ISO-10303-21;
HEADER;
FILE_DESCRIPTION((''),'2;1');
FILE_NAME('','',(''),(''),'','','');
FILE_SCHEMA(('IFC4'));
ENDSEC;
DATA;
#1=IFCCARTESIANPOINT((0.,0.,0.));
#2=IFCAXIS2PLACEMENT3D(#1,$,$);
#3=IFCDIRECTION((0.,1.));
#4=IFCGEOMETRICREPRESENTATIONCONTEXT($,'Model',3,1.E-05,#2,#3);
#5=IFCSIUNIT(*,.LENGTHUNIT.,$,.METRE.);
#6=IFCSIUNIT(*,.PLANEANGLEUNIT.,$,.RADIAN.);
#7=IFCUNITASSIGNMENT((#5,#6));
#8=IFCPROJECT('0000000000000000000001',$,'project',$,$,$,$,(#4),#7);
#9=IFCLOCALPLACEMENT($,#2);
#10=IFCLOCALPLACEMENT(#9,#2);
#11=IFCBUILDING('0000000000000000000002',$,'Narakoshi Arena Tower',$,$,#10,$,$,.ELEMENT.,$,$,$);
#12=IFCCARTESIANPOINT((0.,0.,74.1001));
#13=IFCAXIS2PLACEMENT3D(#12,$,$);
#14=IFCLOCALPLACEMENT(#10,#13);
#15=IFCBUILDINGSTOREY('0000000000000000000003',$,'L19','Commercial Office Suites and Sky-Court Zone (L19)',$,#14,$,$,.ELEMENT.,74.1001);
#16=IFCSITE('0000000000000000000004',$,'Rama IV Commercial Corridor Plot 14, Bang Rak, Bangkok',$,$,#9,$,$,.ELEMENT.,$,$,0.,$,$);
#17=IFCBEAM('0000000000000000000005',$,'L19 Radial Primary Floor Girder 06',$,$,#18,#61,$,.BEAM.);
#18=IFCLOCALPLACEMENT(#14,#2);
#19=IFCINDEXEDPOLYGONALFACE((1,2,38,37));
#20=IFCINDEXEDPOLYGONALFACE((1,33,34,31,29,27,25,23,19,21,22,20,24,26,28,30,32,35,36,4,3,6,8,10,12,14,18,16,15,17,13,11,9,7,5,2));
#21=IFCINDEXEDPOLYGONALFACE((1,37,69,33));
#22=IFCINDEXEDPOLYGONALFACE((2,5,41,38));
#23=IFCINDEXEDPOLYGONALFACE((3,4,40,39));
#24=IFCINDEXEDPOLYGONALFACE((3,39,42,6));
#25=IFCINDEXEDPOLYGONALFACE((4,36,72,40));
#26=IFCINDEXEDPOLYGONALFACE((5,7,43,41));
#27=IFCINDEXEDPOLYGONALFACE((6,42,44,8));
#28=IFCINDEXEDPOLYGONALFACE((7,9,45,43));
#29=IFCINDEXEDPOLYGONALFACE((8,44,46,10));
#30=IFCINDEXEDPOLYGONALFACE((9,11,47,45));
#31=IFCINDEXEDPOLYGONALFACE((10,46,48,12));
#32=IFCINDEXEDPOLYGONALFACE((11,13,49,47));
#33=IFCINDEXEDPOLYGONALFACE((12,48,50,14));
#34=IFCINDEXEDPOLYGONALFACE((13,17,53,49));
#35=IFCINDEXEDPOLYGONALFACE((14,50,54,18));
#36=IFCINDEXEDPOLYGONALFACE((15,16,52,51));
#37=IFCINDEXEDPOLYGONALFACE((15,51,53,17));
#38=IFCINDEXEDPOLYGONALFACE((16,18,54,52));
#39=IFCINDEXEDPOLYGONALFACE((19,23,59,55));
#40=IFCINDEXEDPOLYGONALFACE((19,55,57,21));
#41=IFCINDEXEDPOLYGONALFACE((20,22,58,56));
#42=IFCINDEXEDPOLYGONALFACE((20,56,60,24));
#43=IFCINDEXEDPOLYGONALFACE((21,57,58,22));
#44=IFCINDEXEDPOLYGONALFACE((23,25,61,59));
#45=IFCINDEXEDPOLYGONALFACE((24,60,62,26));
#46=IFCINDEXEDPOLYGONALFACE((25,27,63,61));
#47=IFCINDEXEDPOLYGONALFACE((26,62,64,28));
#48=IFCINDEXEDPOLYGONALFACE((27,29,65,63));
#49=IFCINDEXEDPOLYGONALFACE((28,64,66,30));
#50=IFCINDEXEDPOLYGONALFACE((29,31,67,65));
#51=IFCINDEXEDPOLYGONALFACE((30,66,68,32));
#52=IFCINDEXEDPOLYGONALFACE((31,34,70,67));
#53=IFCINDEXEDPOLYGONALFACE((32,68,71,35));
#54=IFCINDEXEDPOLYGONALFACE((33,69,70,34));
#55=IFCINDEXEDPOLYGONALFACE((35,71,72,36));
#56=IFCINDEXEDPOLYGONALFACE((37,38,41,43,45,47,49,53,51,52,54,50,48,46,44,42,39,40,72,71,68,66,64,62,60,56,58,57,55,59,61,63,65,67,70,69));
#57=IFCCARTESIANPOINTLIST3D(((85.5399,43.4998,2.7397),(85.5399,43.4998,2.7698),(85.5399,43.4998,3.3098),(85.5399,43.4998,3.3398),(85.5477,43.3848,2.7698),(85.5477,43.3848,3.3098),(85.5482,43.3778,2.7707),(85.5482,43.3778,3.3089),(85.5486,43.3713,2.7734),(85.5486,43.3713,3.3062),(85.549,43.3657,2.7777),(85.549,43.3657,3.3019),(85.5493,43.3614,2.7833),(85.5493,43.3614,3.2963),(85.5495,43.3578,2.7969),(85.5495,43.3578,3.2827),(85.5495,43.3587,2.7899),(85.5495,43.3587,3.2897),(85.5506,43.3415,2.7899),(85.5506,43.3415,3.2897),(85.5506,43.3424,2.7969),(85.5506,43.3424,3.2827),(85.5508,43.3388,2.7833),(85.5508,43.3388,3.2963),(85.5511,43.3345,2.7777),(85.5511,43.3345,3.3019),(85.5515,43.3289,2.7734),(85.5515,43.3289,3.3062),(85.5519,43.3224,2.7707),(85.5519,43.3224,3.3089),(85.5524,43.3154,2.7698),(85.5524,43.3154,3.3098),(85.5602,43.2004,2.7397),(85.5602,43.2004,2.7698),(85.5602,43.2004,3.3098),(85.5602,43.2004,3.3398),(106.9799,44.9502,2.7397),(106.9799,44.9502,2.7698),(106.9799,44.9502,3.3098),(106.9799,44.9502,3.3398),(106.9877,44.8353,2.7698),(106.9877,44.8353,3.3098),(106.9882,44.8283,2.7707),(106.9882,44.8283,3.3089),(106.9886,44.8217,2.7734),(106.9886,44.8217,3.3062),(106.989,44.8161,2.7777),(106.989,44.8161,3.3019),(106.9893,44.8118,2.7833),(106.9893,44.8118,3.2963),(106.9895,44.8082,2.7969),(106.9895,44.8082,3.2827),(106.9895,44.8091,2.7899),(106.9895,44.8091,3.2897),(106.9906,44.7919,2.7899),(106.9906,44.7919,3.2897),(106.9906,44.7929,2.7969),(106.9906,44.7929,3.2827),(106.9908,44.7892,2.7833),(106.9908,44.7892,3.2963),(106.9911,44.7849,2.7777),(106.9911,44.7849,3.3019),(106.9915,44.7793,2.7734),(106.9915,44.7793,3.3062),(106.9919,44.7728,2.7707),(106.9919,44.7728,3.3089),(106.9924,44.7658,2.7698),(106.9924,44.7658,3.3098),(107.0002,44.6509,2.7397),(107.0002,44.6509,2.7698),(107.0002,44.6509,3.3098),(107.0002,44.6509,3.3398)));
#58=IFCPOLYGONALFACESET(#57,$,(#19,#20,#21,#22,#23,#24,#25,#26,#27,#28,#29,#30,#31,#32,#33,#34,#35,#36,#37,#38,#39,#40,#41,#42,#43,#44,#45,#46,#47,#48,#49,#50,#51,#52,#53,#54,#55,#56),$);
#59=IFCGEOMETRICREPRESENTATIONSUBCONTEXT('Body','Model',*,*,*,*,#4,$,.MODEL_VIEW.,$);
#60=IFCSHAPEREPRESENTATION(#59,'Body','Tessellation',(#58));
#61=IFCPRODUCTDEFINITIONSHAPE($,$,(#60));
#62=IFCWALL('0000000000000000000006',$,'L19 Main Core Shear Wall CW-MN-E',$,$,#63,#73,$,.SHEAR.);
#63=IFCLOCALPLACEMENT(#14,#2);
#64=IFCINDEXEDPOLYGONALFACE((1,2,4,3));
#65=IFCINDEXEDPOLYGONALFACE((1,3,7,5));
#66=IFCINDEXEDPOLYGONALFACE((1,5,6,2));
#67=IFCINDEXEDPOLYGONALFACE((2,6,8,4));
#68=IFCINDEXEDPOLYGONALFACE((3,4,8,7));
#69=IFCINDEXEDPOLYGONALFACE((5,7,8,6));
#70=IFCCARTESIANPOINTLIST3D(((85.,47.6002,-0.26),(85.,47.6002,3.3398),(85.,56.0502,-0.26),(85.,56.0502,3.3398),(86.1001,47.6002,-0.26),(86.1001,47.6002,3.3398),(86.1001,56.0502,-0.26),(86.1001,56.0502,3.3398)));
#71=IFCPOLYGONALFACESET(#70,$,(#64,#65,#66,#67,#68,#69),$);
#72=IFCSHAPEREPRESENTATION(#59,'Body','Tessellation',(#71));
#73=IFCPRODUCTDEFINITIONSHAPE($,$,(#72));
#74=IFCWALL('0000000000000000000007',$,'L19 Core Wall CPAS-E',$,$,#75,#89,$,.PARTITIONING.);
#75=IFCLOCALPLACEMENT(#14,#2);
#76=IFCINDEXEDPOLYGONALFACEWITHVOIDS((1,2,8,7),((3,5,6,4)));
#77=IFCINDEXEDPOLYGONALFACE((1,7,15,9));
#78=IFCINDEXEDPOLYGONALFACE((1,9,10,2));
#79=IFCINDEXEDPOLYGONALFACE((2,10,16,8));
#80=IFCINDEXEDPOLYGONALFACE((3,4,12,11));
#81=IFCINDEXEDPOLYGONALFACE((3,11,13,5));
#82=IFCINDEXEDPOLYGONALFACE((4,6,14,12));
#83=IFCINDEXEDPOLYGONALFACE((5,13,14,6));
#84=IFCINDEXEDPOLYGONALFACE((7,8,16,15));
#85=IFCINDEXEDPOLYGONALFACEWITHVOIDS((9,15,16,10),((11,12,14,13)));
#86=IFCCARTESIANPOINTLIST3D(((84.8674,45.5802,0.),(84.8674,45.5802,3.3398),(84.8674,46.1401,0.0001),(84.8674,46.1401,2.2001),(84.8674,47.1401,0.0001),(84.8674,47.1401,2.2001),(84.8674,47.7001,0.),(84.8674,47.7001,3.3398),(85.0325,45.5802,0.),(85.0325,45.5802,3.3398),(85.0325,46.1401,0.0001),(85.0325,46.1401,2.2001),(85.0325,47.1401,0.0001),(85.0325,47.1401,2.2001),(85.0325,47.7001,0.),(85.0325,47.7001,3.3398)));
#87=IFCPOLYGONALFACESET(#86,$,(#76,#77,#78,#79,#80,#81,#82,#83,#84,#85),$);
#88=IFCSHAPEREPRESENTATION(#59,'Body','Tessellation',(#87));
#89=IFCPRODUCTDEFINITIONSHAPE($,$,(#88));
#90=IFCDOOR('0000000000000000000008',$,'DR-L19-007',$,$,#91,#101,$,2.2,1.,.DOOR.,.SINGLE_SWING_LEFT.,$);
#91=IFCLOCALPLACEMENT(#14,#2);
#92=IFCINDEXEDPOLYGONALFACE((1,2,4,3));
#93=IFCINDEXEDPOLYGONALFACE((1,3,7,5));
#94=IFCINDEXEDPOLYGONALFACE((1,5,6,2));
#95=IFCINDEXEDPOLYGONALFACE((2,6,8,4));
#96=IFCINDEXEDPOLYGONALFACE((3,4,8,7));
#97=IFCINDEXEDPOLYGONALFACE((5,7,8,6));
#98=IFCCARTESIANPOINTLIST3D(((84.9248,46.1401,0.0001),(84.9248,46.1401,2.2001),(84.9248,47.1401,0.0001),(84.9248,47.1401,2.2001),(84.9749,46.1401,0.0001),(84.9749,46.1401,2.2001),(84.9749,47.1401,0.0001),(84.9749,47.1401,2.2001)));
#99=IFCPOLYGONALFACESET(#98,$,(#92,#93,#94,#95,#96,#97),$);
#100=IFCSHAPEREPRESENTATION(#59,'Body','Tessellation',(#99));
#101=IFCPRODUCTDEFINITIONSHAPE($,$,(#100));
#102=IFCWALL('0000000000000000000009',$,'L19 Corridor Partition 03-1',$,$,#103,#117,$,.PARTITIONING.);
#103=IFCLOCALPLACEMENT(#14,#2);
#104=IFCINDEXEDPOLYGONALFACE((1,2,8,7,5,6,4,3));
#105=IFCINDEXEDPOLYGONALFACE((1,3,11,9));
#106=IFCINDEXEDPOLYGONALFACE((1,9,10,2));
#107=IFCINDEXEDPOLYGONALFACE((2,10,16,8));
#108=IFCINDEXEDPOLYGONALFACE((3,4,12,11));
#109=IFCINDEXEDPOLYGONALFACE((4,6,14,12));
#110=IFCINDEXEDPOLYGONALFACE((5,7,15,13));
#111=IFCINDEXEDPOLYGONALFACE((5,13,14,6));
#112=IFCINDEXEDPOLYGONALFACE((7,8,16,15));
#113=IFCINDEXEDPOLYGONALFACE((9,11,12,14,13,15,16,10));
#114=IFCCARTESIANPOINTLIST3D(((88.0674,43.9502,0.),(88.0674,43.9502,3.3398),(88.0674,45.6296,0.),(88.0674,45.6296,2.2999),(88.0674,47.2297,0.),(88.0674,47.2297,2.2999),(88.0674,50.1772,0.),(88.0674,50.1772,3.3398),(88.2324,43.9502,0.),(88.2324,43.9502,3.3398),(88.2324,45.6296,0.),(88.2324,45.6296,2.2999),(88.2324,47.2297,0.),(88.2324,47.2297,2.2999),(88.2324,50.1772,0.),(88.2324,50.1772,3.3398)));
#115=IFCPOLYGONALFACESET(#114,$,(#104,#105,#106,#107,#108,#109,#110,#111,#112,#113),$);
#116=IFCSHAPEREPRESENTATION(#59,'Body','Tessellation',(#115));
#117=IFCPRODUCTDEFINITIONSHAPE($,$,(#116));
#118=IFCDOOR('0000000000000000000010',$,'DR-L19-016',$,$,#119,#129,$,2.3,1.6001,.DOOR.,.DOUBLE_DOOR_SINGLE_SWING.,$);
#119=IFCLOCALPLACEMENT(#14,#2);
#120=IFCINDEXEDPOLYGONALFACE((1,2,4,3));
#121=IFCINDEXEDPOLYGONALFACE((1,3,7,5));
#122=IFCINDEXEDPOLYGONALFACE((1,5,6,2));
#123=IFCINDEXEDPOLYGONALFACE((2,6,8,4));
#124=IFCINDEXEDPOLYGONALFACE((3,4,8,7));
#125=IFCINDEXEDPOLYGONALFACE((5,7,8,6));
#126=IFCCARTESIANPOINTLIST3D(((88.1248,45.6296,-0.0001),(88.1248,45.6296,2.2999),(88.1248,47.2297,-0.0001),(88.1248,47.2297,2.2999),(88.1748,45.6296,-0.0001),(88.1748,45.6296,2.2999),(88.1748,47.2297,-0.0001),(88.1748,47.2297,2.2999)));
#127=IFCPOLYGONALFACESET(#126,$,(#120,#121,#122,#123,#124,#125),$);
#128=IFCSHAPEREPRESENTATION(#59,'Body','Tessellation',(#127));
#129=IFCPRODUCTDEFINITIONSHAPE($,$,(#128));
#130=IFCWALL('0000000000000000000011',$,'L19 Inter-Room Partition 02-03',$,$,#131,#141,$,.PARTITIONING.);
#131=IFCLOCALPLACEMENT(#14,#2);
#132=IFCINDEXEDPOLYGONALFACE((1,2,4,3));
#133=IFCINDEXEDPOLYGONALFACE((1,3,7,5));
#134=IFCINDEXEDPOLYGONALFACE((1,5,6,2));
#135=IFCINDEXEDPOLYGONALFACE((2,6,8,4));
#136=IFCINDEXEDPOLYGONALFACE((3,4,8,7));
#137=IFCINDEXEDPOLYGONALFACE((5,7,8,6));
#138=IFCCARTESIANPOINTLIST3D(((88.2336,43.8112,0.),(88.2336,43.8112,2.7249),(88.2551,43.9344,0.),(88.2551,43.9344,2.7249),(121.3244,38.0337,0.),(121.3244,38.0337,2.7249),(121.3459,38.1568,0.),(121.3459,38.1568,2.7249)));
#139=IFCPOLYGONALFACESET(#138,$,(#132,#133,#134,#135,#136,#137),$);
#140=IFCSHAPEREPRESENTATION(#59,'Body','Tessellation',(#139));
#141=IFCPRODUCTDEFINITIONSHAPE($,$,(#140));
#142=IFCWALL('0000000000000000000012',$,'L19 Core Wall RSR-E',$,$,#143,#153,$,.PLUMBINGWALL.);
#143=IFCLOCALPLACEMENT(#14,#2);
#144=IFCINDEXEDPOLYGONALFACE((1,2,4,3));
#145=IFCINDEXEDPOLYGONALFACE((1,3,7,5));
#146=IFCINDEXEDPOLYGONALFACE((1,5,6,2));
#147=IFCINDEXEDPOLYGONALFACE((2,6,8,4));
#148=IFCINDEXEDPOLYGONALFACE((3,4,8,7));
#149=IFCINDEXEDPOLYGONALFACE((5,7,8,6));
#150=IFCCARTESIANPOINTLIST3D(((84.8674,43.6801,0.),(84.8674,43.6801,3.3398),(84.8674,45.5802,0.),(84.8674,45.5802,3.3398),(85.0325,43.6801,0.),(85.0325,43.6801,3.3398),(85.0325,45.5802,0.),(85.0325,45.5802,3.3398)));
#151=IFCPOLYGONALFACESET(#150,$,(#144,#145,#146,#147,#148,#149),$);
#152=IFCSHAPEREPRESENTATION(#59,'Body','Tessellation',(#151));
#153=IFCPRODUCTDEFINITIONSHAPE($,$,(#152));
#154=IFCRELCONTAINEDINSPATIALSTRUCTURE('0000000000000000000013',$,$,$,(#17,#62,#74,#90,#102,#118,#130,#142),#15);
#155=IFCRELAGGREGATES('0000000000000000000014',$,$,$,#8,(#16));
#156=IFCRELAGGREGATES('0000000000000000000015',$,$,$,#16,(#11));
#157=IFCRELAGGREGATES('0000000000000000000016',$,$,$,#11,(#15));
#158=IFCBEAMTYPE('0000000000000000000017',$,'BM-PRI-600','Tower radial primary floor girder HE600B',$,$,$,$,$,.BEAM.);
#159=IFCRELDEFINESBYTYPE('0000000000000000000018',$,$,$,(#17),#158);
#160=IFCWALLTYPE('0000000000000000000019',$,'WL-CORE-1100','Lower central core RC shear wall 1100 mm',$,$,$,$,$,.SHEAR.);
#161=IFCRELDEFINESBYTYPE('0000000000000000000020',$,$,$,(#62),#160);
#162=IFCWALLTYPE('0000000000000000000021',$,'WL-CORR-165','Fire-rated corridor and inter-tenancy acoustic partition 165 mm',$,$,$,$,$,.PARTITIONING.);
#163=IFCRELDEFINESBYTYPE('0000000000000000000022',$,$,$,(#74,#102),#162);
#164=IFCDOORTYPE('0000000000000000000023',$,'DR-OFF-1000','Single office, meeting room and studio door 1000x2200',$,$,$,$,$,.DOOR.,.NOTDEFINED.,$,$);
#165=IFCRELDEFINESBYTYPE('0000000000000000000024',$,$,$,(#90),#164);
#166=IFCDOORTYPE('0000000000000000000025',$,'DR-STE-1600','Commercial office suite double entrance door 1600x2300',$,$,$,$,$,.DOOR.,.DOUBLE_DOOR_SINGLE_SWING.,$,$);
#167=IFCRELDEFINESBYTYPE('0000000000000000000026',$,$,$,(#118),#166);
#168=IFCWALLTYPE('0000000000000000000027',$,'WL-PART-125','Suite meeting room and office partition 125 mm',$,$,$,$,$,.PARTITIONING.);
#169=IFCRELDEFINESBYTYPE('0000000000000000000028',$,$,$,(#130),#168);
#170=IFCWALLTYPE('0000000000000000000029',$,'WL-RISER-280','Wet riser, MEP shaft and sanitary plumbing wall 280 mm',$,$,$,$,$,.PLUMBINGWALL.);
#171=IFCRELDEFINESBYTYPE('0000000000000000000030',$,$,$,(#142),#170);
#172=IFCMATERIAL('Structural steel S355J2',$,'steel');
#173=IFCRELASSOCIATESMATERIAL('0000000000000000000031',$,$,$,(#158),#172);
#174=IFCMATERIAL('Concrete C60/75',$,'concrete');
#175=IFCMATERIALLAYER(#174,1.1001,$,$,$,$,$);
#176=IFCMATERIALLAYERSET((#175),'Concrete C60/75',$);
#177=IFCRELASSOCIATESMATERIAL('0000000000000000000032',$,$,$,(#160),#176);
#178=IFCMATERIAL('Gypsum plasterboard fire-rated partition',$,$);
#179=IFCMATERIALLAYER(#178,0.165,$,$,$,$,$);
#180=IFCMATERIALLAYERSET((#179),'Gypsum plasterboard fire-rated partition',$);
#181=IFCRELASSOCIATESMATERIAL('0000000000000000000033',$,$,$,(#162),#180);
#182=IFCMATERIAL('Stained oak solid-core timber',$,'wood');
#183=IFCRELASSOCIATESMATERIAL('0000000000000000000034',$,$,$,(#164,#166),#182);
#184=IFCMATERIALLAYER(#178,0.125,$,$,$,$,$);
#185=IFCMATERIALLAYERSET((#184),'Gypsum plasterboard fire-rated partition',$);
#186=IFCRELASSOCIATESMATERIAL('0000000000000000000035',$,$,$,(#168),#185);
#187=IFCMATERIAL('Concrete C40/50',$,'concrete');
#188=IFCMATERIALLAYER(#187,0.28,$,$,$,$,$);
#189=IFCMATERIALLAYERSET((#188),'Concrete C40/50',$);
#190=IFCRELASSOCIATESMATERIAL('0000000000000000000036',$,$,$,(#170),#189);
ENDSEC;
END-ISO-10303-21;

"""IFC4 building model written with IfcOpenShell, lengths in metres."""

from ifc_helpers import new_model, si_unit, direction, frame, frame_2d, origin, origin_2d, place, context, subcontext, project, spatial, rectangle, i_section, extrude, material, layer, layer_set, material_profile, profile_set, type_object, element, fill, save


model = new_model("IFC4")

# Units and contexts
model_context = context("Model", 3, precision=1e-05, world=origin(), true_north=direction((0.0, 1.0)))
body_context = subcontext(model_context, "Body", "Model", "MODEL_VIEW")
ifc_project = project(units=[si_unit("LENGTHUNIT", "METRE"), si_unit("PLANEANGLEUNIT", "RADIAN")], contexts=[model_context])

# Site, building, storey
site_placement = place(None, origin())
site = spatial("IfcSite", under=ifc_project, at=site_placement, Name="Rama IV Commercial Corridor Plot 14, Bang Rak, Bangkok", CompositionType="ELEMENT", RefElevation=0.0)
building_placement = place(site_placement, origin())
building = spatial("IfcBuilding", under=site, at=building_placement, Name="Narakoshi Arena Tower", CompositionType="ELEMENT")
storey_placement = place(building_placement, frame((0.0, 0.0, 74.1001)))
storey = spatial("IfcBuildingStorey", under=building, at=storey_placement, Name="L19", Description="Commercial Office Suites and Sky-Court Zone (L19)", CompositionType="ELEMENT", Elevation=74.1001)

# Beam
ifc_material_1 = material(Name="Structural steel S355J2", Category="steel")
ifc_material_profile = material_profile(ifc_material_1, i_section(OverallWidth=0.3, OverallDepth=0.6001, WebThickness=0.0154, FlangeThickness=0.03, FilletRadius=0.0271, at=origin_2d()), Name="HE600B")
ifc_profile_set = profile_set([ifc_material_profile], Name="Structural steel S355J2")
beam_type = type_object("IfcBeamType", Name="BM-PRI-600", Description="Tower radial primary floor girder HE600B", PredefinedType="BEAM", material=ifc_profile_set)
beam_placement = place(storey_placement, frame((85.55, 43.3501, 3.0398), z_axis=(0.997719, 0.067497, 0.0), x_axis=(-0.067497, 0.997719, 0.0)))
element("IfcBeam", 1, at=beam_placement, inside=storey, type_object=beam_type, Name="L19 Radial Primary Floor Girder 06", PredefinedType="BEAM", context=body_context, shape_type="SweptSolid", body=[
    extrude(i_section(OverallWidth=0.3, OverallDepth=0.6001, WebThickness=0.0154, FlangeThickness=0.03, FilletRadius=0.0271, at=origin_2d()), origin(), (0.0, 0.0, 1.0), 21.489),
])

# Wall
ifc_material_2 = material(Name="Concrete C60/75", Category="concrete")
ifc_layer_1 = layer(ifc_material_2, 1.1001)
ifc_layer_set_1 = layer_set([ifc_layer_1], Name="Concrete C60/75")
wall_type_1 = type_object("IfcWallType", Name="WL-CORE-1100", Description="Lower central core RC shear wall 1100 mm", PredefinedType="SHEAR", material=ifc_layer_set_1)
wall_1_placement = place(storey_placement, frame((85.55, 47.6001, -0.26), z_axis=(0.0, 0.0, 1.0), x_axis=(0.0, 1.0, 0.0)))
element("IfcWall", 2, at=wall_1_placement, inside=storey, type_object=wall_type_1, Name="L19 Main Core Shear Wall CW-MN-E", PredefinedType="SHEAR", context=body_context, shape_type="SweptSolid", body=[
    extrude(rectangle(XDim=8.45, YDim=1.1001, at=frame_2d((4.2251, 0.0))), origin(), (0.0, 0.0, 1.0), 3.5999),
])

# Walls, openings, doors
ifc_material_3 = material(Name="Gypsum plasterboard fire-rated partition")
ifc_layer_2 = layer(ifc_material_3, 0.165)
ifc_layer_set_2 = layer_set([ifc_layer_2], Name="Gypsum plasterboard fire-rated partition")
wall_type_2 = type_object("IfcWallType", Name="WL-CORR-165", Description="Fire-rated corridor and inter-tenancy acoustic partition 165 mm", PredefinedType="PARTITIONING", material=ifc_layer_set_2)
wall_2_placement = place(storey_placement, frame((84.95, 45.5801, 0.0), z_axis=(0.0, 0.0, 1.0), x_axis=(0.0, 1.0, 0.0)))
wall_2 = element("IfcWall", 3, at=wall_2_placement, inside=storey, type_object=wall_type_2, Name="L19 Core Wall CPAS-E", PredefinedType="PARTITIONING", context=body_context, shape_type="SweptSolid", body=[
    extrude(rectangle(XDim=2.1199, YDim=0.165, at=frame_2d((1.0601, 0.0))), origin(), (0.0, 0.0, 1.0), 3.3398),
])
opening_1_placement = place(wall_2_placement, frame((0.5601, 0.0, 0.0)))
opening_1 = element("IfcOpeningElement", 4, at=opening_1_placement, cuts=wall_2, PredefinedType="OPENING", context=body_context, shape_type="SweptSolid", body=[
    extrude(rectangle(XDim=1.0, YDim=2.2, at=frame_2d((0.5, 1.1001))), frame((0.0, 0.0925, 0.0), z_axis=(0.0, -1.0, 0.0), x_axis=(1.0, 0.0, 0.0)), (0.0, 0.0, 1.0), 0.1851),
])
ifc_material_4 = material(Name="Stained oak solid-core timber", Category="wood")
door_type_1 = type_object("IfcDoorType", Name="DR-OFF-1000", Description="Single office, meeting room and studio door 1000x2200", OperationType="NOTDEFINED", PredefinedType="DOOR", material=ifc_material_4)
door_1_placement = place(opening_1_placement, frame((1.0, 0.0, 0.0), z_axis=(0.0, 0.0, 1.0), x_axis=(-1.0, 0.0, 0.0)))
door_1 = element("IfcDoor", 5, at=door_1_placement, inside=storey, type_object=door_type_1, Name="DR-L19-007", OperationType="SINGLE_SWING_LEFT", OverallHeight=2.2, OverallWidth=1.0, PredefinedType="DOOR", context=body_context, shape_type="SweptSolid", body=[
    extrude(rectangle(XDim=1.0, YDim=2.2, at=frame_2d((0.5, 1.1001))), frame((0.0, 0.0249, 0.0), z_axis=(0.0, -1.0, 0.0), x_axis=(1.0, 0.0, 0.0)), (0.0, 0.0, 1.0), 0.05),
])
fill(opening_1, door_1)
wall_3_placement = place(storey_placement, frame((88.1499, 43.9502, 0.0), z_axis=(0.0, 0.0, 1.0), x_axis=(0.0, 1.0, 0.0)))
wall_3 = element("IfcWall", 6, at=wall_3_placement, inside=storey, type_object=wall_type_2, Name="L19 Corridor Partition 03-1", PredefinedType="PARTITIONING", context=body_context, shape_type="SweptSolid", body=[
    extrude(rectangle(XDim=6.2271, YDim=0.165, at=frame_2d((3.1135, 0.0))), origin(), (0.0, 0.0, 1.0), 3.3398),
])
opening_2_placement = place(wall_3_placement, frame((1.6794, 0.0, 0.0)))
opening_2 = element("IfcOpeningElement", 7, at=opening_2_placement, cuts=wall_3, PredefinedType="OPENING", context=body_context, shape_type="SweptSolid", body=[
    extrude(rectangle(XDim=1.6001, YDim=2.3, at=frame_2d((0.8, 1.1499))), frame((0.0, 0.0925, 0.0), z_axis=(0.0, -1.0, 0.0), x_axis=(1.0, 0.0, 0.0)), (0.0, 0.0, 1.0), 0.1851),
])
door_type_2 = type_object("IfcDoorType", Name="DR-STE-1600", Description="Commercial office suite double entrance door 1600x2300", OperationType="DOUBLE_DOOR_SINGLE_SWING", PredefinedType="DOOR", material=ifc_material_4)
door_2_placement = place(opening_2_placement, frame((1.6001, 0.0, 0.0), z_axis=(0.0, 0.0, 1.0), x_axis=(-1.0, 0.0, 0.0)))
door_2 = element("IfcDoor", 8, at=door_2_placement, inside=storey, type_object=door_type_2, Name="DR-L19-016", OperationType="DOUBLE_DOOR_SINGLE_SWING", OverallHeight=2.3, OverallWidth=1.6001, PredefinedType="DOOR", context=body_context, shape_type="SweptSolid", body=[
    extrude(rectangle(XDim=1.6001, YDim=2.3, at=frame_2d((0.8, 1.1499))), frame((0.0, 0.0249, 0.0), z_axis=(0.0, -1.0, 0.0), x_axis=(1.0, 0.0, 0.0)), (0.0, 0.0, 1.0), 0.05),
])
fill(opening_2, door_2)

# Walls
ifc_layer_3 = layer(ifc_material_3, 0.125)
ifc_layer_set_3 = layer_set([ifc_layer_3], Name="Gypsum plasterboard fire-rated partition")
wall_type_3 = type_object("IfcWallType", Name="WL-PART-125", Description="Suite meeting room and office partition 125 mm", PredefinedType="PARTITIONING", material=ifc_layer_set_3)
wall_4_placement = place(storey_placement, frame((88.2444, 43.8728, 0.0), z_axis=(0.0, 0.0, 1.0), x_axis=(0.985098, -0.171996, 0.0)))
element("IfcWall", 9, at=wall_4_placement, inside=storey, type_object=wall_type_3, Name="L19 Inter-Room Partition 02-03", PredefinedType="PARTITIONING", context=body_context, shape_type="SweptSolid", body=[
    extrude(rectangle(XDim=33.5913, YDim=0.125, at=frame_2d((16.7957, 0.0))), origin(), (0.0, 0.0, 1.0), 2.7249),
])
ifc_material_5 = material(Name="Concrete C40/50", Category="concrete")
ifc_layer_4 = layer(ifc_material_5, 0.28)
ifc_layer_set_4 = layer_set([ifc_layer_4], Name="Concrete C40/50")
wall_type_4 = type_object("IfcWallType", Name="WL-RISER-280", Description="Wet riser, MEP shaft and sanitary plumbing wall 280 mm", PredefinedType="PLUMBINGWALL", material=ifc_layer_set_4)
wall_5_placement = place(storey_placement, frame((84.95, 43.6799, 0.0), z_axis=(0.0, 0.0, 1.0), x_axis=(0.0, 1.0, 0.0)))
element("IfcWall", 10, at=wall_5_placement, inside=storey, type_object=wall_type_4, Name="L19 Core Wall RSR-E", PredefinedType="PLUMBINGWALL", context=body_context, shape_type="SweptSolid", body=[
    extrude(rectangle(XDim=1.9001, YDim=0.165, at=frame_2d((0.9502, 0.0))), origin(), (0.0, 0.0, 1.0), 3.3398),
])

save(model, "model.ifc")
